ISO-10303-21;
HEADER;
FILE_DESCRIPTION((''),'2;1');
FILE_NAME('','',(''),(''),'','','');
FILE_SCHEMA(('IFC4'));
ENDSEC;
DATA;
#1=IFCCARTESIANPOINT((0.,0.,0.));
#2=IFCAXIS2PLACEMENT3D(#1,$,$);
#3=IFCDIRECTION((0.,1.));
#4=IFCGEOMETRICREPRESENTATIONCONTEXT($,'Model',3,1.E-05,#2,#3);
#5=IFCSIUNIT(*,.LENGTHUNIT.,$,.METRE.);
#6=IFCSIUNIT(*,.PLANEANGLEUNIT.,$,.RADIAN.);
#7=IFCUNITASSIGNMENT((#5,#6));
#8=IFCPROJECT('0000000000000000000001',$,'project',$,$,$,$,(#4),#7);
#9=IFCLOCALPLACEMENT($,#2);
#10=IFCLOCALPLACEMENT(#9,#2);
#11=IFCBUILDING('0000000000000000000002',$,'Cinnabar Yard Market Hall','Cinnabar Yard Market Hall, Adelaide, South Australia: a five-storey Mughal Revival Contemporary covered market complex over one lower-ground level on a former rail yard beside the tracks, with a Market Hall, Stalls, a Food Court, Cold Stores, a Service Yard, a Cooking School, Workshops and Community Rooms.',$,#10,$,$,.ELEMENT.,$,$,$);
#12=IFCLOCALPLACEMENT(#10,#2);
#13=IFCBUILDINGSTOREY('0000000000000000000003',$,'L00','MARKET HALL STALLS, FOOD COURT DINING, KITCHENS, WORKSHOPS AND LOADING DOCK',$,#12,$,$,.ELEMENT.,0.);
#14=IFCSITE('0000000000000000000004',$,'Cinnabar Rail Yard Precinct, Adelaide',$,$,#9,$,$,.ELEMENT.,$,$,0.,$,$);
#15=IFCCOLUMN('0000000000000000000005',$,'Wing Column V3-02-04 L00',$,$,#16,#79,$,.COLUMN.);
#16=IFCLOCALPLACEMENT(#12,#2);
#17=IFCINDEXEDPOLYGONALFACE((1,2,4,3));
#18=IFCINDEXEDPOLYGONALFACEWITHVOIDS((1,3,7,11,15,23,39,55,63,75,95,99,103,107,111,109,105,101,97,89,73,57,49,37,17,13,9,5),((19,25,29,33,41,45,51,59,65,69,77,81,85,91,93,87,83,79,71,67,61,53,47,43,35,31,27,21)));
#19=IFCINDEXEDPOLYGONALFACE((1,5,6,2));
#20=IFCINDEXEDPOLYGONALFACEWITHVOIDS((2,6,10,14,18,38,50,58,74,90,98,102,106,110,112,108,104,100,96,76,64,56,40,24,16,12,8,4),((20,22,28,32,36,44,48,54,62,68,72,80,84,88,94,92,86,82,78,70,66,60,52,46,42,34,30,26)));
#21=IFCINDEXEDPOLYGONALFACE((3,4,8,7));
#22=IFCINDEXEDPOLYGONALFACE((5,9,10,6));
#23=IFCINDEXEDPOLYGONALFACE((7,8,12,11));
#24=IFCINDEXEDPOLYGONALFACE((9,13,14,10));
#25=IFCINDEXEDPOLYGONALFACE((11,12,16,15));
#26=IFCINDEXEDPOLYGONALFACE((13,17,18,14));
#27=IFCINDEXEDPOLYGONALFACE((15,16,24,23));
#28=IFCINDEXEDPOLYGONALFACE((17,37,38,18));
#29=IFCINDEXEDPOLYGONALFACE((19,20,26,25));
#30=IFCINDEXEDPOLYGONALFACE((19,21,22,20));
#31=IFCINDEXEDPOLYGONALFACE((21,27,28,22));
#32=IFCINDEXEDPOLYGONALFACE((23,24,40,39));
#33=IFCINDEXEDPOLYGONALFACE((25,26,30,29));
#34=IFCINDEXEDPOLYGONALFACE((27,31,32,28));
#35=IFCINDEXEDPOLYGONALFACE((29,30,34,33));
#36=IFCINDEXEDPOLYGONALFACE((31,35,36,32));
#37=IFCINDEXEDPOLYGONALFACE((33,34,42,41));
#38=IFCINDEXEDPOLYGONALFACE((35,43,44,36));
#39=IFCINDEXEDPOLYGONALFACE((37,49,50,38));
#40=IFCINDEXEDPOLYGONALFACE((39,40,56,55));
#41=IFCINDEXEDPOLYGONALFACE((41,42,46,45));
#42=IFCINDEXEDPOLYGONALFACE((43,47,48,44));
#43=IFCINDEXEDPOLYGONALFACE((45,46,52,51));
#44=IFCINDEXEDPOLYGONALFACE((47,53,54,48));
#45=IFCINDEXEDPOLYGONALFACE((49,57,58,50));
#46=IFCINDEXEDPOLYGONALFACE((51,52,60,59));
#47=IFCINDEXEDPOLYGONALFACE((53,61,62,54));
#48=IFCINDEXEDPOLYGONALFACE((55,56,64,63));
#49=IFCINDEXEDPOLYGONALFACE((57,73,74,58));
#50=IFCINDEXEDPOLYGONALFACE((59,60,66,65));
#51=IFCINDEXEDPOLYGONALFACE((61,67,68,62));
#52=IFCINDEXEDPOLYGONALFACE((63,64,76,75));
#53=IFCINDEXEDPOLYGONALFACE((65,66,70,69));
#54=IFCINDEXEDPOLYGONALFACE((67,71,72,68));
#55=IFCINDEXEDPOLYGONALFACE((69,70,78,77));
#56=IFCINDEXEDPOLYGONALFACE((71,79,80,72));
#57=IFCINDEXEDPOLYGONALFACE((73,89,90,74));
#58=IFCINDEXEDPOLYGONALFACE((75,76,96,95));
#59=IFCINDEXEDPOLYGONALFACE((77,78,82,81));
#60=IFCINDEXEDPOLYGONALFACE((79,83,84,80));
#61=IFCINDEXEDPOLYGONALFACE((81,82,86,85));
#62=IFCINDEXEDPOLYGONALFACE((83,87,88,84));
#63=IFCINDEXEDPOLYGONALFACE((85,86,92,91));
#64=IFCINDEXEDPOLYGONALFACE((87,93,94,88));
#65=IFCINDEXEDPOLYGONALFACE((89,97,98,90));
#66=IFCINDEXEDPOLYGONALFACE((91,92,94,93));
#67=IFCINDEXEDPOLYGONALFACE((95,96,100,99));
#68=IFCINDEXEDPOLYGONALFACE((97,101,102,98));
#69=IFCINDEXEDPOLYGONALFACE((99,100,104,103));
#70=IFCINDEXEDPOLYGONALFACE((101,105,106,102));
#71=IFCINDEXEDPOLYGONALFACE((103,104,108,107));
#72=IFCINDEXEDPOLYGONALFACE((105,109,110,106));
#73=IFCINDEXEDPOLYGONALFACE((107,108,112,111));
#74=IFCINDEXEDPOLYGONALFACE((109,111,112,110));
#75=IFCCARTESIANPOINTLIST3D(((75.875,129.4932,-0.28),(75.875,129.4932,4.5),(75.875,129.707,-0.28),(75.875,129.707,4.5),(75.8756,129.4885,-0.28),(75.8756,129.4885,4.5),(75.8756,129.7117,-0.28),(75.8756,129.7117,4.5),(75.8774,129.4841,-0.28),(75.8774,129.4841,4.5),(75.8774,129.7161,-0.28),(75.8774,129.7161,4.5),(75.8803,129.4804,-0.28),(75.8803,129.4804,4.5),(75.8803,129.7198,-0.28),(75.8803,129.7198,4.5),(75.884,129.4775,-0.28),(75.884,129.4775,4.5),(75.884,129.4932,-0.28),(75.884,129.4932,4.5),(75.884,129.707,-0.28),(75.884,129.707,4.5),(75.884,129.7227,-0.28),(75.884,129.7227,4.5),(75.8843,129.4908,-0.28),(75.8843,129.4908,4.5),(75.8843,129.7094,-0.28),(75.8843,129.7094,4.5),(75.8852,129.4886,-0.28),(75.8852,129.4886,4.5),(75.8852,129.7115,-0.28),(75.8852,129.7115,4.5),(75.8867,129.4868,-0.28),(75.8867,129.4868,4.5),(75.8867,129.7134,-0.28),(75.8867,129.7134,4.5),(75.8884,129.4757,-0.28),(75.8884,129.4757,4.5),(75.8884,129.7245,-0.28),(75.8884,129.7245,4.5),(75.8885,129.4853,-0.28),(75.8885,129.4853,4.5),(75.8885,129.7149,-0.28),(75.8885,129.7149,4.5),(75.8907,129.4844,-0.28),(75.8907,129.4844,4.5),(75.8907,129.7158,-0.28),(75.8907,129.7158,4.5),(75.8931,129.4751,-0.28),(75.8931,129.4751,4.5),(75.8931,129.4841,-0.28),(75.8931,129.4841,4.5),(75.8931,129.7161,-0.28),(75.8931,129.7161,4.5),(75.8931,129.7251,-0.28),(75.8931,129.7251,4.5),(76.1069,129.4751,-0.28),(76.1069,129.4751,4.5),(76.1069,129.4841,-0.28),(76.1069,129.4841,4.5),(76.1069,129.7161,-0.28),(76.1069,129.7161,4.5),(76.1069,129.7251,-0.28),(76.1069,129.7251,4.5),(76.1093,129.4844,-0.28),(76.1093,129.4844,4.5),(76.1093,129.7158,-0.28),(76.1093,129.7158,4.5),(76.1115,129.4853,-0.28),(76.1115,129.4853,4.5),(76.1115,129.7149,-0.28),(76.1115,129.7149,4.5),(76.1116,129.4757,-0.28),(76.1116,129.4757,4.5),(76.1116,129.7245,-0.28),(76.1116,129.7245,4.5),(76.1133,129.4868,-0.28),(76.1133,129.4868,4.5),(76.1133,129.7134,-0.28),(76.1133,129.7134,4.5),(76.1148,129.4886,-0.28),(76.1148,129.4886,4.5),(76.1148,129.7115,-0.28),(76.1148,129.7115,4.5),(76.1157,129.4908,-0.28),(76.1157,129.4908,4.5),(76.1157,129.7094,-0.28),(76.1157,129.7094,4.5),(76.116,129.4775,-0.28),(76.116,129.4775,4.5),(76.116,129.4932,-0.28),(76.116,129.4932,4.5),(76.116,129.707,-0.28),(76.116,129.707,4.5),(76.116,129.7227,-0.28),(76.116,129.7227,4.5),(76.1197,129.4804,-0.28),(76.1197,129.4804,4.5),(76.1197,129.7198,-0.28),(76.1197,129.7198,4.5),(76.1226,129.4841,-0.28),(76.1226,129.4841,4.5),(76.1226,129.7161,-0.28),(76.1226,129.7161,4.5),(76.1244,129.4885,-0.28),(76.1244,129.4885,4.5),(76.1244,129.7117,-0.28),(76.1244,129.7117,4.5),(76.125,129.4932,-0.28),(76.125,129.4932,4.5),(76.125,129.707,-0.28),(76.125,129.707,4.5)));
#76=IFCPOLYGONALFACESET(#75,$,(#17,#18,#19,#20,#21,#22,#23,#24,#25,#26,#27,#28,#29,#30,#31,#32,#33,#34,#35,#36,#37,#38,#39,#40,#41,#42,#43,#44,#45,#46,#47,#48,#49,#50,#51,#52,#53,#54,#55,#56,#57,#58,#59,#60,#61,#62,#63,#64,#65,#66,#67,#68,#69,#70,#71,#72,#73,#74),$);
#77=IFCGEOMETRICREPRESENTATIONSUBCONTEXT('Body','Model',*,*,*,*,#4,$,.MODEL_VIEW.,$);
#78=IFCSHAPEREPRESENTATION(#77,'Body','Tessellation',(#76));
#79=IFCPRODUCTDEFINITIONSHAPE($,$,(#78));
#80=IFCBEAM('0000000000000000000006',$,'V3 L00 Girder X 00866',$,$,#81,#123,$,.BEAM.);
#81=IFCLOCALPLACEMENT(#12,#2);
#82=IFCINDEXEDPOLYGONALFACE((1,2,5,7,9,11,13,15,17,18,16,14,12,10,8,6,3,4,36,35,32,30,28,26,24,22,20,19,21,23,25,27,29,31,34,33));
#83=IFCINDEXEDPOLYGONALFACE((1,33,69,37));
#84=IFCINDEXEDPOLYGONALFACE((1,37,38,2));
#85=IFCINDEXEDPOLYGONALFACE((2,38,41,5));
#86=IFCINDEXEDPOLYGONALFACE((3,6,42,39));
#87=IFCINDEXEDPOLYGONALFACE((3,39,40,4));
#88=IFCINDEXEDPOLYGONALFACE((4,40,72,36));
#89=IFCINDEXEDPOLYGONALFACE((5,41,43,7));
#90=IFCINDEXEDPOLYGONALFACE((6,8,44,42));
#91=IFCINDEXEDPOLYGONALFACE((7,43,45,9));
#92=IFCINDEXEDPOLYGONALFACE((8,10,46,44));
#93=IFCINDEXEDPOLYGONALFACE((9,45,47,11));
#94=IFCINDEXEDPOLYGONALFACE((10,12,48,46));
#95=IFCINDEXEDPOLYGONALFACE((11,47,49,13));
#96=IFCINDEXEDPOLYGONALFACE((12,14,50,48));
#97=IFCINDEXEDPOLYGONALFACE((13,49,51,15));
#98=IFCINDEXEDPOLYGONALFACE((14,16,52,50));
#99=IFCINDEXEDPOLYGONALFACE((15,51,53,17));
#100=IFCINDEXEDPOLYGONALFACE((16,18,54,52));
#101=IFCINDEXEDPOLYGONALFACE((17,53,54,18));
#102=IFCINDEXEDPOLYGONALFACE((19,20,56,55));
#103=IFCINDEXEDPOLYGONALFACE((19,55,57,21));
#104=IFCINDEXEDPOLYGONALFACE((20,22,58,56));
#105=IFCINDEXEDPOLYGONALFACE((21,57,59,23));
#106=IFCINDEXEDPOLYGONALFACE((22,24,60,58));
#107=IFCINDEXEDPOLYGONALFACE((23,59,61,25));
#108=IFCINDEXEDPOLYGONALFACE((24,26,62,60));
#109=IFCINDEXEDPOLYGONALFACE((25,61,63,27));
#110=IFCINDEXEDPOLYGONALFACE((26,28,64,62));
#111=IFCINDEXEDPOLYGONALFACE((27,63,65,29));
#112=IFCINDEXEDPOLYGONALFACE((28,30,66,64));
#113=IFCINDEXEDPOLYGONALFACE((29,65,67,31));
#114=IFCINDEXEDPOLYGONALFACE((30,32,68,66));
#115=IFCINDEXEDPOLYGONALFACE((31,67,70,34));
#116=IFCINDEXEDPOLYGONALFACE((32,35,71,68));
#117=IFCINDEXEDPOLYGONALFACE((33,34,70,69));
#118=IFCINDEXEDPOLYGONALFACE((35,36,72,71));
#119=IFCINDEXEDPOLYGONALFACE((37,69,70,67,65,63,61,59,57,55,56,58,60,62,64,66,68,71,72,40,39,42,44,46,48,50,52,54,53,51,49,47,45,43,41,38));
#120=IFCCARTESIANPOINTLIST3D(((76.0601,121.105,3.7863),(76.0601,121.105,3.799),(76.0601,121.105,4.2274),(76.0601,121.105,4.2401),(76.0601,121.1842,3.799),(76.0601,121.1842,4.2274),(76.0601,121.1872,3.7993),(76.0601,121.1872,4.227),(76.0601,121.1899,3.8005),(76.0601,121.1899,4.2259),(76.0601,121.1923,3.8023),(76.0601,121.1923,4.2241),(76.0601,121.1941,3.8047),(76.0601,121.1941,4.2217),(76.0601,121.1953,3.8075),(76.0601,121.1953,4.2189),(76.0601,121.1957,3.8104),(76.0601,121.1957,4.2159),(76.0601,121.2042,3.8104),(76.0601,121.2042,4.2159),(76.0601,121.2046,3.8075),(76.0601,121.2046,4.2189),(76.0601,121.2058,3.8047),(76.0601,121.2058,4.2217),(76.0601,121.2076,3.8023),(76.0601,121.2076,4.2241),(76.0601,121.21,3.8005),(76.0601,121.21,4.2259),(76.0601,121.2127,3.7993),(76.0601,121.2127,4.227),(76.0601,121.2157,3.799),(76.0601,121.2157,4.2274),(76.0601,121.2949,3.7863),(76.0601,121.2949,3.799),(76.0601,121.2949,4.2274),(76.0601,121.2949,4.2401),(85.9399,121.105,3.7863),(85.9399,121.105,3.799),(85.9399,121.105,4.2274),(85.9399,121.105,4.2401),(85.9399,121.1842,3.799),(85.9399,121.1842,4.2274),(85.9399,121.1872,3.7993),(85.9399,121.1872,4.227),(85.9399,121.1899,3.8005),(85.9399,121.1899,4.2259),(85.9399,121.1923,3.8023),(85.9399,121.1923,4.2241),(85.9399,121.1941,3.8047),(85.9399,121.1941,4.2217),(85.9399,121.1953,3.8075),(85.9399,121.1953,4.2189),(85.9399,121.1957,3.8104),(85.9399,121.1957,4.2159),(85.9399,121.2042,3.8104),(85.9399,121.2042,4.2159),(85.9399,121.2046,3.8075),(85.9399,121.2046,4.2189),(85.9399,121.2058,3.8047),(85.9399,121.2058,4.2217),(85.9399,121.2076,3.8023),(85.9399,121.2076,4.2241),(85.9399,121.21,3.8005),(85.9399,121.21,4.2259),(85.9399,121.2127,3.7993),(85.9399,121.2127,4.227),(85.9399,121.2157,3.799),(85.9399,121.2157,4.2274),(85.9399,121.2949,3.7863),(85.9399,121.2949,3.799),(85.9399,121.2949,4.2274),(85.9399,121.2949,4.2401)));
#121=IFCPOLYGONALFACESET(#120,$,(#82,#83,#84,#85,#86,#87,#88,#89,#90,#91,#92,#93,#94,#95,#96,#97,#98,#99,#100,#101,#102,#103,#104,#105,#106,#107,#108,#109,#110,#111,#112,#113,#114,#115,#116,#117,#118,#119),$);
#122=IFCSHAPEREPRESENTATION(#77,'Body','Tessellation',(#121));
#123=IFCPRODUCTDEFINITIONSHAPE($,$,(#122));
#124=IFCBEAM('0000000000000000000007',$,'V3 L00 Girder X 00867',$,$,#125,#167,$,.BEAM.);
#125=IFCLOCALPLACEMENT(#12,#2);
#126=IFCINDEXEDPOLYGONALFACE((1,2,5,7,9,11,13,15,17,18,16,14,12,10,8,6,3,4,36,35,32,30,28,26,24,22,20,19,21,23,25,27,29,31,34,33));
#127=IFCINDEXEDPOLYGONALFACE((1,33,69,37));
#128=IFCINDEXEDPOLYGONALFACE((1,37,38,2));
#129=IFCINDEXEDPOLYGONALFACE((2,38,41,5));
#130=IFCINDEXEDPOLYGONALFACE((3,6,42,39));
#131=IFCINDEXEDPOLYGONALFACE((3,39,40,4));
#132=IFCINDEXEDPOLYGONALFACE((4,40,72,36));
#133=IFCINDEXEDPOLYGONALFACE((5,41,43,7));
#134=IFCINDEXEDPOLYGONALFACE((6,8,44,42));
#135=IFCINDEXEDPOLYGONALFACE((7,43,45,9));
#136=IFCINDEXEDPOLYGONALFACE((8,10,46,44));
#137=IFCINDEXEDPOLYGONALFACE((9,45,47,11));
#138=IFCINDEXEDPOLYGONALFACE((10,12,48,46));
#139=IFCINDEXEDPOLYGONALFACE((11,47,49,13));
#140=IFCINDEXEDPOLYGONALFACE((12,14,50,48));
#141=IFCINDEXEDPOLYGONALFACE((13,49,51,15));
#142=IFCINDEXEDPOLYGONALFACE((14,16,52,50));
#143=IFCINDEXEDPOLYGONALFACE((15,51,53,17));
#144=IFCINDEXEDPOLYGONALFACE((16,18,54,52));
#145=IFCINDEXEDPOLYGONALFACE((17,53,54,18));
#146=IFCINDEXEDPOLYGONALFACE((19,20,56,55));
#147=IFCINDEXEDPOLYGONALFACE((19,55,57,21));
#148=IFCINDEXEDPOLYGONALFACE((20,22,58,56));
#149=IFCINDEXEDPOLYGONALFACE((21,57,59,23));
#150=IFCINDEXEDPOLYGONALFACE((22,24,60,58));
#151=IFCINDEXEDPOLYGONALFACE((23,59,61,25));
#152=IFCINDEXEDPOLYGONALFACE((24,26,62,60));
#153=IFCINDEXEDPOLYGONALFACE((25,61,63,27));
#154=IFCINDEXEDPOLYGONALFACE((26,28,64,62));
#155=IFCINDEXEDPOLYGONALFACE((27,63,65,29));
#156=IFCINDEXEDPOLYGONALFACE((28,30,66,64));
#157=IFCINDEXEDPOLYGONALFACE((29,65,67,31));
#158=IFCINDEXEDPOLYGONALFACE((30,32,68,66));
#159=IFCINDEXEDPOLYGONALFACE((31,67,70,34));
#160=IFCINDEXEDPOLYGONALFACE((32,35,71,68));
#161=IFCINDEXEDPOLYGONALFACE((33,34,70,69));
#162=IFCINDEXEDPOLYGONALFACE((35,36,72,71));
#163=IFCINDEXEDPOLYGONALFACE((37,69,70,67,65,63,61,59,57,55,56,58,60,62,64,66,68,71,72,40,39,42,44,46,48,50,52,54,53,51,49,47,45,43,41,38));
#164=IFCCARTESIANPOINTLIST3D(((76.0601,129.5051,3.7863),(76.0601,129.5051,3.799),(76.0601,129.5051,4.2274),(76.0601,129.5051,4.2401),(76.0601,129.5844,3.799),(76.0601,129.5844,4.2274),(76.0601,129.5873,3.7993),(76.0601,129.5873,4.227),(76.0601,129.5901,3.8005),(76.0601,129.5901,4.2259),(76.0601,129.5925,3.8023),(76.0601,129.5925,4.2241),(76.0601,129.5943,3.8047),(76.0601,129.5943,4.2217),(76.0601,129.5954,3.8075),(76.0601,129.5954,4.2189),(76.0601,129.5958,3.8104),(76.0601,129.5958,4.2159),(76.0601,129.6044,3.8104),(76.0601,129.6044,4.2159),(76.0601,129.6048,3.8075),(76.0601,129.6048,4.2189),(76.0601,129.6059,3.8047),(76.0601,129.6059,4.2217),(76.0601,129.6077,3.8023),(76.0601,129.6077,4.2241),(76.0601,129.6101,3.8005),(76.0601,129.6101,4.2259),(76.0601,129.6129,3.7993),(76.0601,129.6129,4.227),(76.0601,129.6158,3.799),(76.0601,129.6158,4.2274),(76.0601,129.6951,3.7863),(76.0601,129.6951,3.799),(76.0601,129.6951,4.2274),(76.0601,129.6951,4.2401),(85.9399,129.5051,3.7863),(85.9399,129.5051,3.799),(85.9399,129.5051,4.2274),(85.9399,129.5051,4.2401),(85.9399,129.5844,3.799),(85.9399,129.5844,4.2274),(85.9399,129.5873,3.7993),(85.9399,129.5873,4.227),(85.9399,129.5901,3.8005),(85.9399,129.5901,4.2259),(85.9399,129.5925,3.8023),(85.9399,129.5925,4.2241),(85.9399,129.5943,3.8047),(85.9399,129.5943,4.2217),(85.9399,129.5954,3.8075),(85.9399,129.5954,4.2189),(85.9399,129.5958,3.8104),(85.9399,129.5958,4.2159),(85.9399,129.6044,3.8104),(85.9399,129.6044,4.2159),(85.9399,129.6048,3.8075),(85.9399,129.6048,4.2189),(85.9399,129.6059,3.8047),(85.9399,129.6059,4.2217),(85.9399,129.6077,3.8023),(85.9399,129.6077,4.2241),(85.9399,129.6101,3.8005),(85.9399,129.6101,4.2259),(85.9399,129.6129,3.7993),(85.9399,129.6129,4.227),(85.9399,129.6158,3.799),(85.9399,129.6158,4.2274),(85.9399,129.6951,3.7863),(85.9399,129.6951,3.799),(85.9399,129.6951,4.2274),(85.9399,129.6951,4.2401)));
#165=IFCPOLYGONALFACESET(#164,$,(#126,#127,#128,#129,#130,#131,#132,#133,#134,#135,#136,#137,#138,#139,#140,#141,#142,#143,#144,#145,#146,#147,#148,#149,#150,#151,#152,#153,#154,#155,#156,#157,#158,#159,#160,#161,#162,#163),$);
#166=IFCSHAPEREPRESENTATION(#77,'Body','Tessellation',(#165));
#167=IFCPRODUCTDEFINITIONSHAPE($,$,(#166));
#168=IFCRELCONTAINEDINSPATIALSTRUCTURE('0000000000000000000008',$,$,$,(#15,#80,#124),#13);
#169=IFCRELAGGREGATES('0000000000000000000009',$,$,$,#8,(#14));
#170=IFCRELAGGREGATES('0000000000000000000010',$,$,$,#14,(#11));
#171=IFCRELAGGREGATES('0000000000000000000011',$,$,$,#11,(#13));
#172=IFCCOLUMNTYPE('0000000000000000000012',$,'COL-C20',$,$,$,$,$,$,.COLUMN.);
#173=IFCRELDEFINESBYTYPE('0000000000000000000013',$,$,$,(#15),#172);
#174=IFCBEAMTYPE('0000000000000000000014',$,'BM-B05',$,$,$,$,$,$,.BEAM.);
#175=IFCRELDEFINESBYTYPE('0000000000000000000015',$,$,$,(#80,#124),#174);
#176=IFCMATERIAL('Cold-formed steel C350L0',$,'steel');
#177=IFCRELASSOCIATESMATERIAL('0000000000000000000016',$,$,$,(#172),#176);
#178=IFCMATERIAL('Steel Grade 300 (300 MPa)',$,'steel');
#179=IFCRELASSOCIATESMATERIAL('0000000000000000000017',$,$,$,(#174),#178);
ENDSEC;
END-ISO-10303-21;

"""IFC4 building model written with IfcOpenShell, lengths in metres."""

from ifc_helpers import new_model, si_unit, direction, frame, origin, origin_2d_with_axis, place, context, subcontext, project, spatial, hollow_rectangle, i_section, extrude, material, material_profile, profile_set, type_object, element, save


model = new_model("IFC4")

# Units and contexts
model_context = context("Model", 3, precision=1e-05, world=origin(), true_north=direction((0.0, 1.0)))
body_context = subcontext(model_context, "Body", "Model", "MODEL_VIEW")
ifc_project = project(units=[si_unit("LENGTHUNIT", "METRE"), si_unit("PLANEANGLEUNIT", "RADIAN")], contexts=[model_context])

# Site, building, storey
site_placement = place(None, origin())
site = spatial("IfcSite", under=ifc_project, at=site_placement, Name="Cinnabar Rail Yard Precinct, Adelaide", CompositionType="ELEMENT", RefElevation=0.0)
building_placement = place(site_placement, origin())
building = spatial("IfcBuilding", under=site, at=building_placement, Name="Cinnabar Yard Market Hall", Description="Cinnabar Yard Market Hall, Adelaide, South Australia: a five-storey Mughal Revival Contemporary covered market complex over one lower-ground level on a former rail yard beside the tracks, with a Market Hall, Stalls, a Food Court, Cold Stores, a Service Yard, a Cooking School, Workshops and Community Rooms.", CompositionType="ELEMENT")
storey_placement = place(building_placement, origin())
storey = spatial("IfcBuildingStorey", under=building, at=storey_placement, Name="L00", Description="MARKET HALL STALLS, FOOD COURT DINING, KITCHENS, WORKSHOPS AND LOADING DOCK", CompositionType="ELEMENT", Elevation=0.0)

# Column
ifc_material_1 = material(Name="Steel Grade 300 (300 MPa)", Category="steel")
ifc_material_2 = material(Name="Cold-formed steel C350L0", Category="steel")
ifc_material_profile_1 = material_profile(ifc_material_2, hollow_rectangle(XDim=0.25, YDim=0.25, WallThickness=0.009, InnerFilletRadius=0.009, OuterFilletRadius=0.0181, at=origin_2d_with_axis()), Name="250x250x9.0SHS")
ifc_profile_set_1 = profile_set([ifc_material_profile_1], Name="Cold-formed steel C350L0")
column_type_1 = type_object("IfcColumnType", Name="COL-C20", PredefinedType="COLUMN", material=ifc_profile_set_1)
column_1_placement = place(storey_placement, frame((76.0, 129.6001, -0.28), z_axis=(0.0, 0.0, 1.0), x_axis=(1.0, 0.0, 0.0)))
element("IfcColumn", 1, at=column_1_placement, inside=storey, type_object=column_type_1, Name="Wing Column V3-02-04 L00", PredefinedType="COLUMN", context=body_context, shape_type="SweptSolid", body=[
    extrude(hollow_rectangle(XDim=0.25, YDim=0.25, WallThickness=0.009, InnerFilletRadius=0.009, OuterFilletRadius=0.0181, at=origin_2d_with_axis()), origin(), (0.0, 0.0, 1.0), 4.78),
])

# Beams
ifc_material_profile_2 = material_profile(ifc_material_1, i_section(OverallWidth=0.1899, OverallDepth=0.4539, WebThickness=0.0085, FlangeThickness=0.0127, FilletRadius=0.0115, at=origin_2d_with_axis()), Name="460UB67.1")
ifc_profile_set_2 = profile_set([ifc_material_profile_2], Name="Steel Grade 300 (300 MPa)")
beam_type_1 = type_object("IfcBeamType", Name="BM-B05", PredefinedType="BEAM", material=ifc_profile_set_2)
for number, where, z_axis, x_axis, name in (
    (2, (76.0601, 121.2, 4.0132), (1.0, 0.0, 0.0), (0.0, 1.0, 0.0), "V3 L00 Girder X 00866"),
    (3, (76.0601, 129.6001, 4.0132), (1.0, 0.0, 0.0), (0.0, 1.0, 0.0), "V3 L00 Girder X 00867"),
):
    element("IfcBeam", number, at=place(storey_placement, frame(where, z_axis=z_axis, x_axis=x_axis)), inside=storey, type_object=beam_type_1, Name=name, PredefinedType="BEAM", context=body_context, shape_type="SweptSolid", body=[
        extrude(i_section(OverallWidth=0.1899, OverallDepth=0.4539, WebThickness=0.0085, FlangeThickness=0.0127, FilletRadius=0.0115, at=origin_2d_with_axis()), origin(), (0.0, 0.0, 1.0), 9.8799),
    ])

save(model, "model.ifc")
